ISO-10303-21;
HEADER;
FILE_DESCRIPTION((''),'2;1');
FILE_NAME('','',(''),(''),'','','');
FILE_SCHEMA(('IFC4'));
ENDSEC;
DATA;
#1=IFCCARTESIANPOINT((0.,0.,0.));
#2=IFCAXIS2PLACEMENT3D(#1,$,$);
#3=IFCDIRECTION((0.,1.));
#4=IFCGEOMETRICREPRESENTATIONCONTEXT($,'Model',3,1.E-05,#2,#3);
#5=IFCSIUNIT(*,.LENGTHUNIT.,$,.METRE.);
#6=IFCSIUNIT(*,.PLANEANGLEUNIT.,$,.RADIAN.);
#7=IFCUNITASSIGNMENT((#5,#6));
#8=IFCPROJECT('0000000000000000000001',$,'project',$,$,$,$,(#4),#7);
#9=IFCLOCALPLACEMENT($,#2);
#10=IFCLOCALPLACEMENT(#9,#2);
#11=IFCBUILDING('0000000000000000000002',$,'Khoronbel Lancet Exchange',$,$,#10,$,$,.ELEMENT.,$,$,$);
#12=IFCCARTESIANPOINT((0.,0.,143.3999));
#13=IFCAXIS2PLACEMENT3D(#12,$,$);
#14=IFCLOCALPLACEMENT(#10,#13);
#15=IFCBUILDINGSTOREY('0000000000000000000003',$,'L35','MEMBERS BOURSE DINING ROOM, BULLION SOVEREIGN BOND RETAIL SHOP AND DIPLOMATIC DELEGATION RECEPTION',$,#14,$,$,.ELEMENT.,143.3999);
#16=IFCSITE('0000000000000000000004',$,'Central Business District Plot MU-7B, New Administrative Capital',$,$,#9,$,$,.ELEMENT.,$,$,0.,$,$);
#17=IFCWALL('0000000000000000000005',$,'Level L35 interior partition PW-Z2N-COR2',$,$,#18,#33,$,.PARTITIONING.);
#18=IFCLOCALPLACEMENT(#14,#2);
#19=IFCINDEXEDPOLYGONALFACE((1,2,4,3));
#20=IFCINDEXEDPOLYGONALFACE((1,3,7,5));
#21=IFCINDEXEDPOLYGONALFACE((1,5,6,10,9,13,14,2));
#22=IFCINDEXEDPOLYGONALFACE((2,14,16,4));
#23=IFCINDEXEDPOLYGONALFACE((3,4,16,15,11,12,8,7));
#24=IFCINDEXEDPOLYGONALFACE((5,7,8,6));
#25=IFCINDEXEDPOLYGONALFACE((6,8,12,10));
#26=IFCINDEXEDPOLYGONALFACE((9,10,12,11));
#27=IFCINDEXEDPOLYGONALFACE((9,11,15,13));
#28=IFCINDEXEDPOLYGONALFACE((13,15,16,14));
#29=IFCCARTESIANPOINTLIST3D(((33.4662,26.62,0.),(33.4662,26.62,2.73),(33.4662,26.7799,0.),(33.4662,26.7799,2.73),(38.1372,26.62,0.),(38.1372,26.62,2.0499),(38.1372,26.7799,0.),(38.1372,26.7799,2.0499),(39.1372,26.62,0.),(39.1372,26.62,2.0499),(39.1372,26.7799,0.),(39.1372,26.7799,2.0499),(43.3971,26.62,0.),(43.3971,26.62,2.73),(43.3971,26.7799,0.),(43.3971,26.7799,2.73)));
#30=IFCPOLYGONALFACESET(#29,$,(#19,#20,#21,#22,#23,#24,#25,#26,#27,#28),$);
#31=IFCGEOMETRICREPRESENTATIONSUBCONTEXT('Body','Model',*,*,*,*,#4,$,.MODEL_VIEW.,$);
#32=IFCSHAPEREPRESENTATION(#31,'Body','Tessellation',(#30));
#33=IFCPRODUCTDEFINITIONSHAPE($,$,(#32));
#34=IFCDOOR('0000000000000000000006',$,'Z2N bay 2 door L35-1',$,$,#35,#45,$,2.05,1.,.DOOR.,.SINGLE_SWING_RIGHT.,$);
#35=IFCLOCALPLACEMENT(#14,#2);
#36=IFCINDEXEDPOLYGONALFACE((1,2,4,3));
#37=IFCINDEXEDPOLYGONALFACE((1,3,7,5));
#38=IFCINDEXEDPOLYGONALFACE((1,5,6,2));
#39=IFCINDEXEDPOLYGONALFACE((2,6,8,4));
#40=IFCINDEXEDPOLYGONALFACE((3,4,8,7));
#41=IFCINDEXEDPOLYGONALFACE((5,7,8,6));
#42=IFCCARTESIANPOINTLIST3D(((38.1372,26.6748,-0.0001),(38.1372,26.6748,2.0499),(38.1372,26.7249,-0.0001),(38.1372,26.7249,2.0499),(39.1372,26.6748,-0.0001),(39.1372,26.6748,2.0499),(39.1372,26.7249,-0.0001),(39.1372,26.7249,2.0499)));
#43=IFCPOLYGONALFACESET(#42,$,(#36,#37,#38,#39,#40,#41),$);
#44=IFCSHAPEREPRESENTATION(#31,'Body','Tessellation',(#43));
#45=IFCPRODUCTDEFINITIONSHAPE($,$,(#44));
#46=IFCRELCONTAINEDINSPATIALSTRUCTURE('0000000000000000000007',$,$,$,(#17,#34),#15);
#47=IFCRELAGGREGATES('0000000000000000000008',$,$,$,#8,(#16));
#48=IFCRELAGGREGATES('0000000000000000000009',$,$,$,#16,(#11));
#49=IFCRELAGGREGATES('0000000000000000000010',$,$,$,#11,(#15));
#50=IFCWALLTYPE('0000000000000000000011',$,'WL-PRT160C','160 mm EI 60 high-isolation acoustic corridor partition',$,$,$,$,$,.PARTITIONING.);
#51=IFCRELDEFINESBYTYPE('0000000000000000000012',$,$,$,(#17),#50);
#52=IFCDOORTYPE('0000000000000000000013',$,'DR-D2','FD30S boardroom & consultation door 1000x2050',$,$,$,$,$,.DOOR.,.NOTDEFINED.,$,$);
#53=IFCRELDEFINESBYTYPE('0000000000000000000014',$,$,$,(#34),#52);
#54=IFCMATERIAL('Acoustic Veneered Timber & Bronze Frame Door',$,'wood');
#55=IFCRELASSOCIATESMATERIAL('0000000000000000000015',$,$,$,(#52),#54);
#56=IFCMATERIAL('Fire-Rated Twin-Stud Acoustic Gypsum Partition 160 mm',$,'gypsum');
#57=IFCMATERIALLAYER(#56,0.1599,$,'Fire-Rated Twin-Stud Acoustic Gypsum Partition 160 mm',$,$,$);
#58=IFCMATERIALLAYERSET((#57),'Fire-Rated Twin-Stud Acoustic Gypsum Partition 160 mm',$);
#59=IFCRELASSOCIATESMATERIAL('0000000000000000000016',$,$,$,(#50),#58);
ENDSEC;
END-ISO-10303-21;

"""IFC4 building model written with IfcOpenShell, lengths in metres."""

from ifc_helpers import new_model, si_unit, direction, frame, frame_2d, origin, place, context, subcontext, project, spatial, rectangle, extrude, material, layer, layer_set, type_object, element, fill, save


model = new_model("IFC4")

# Units and contexts
model_context = context("Model", 3, precision=1e-05, world=origin(), true_north=direction((0.0, 1.0)))
body_context = subcontext(model_context, "Body", "Model", "MODEL_VIEW")
ifc_project = project(units=[si_unit("LENGTHUNIT", "METRE"), si_unit("PLANEANGLEUNIT", "RADIAN")], contexts=[model_context])

# Site, building, storey
site_placement = place(None, origin())
site = spatial("IfcSite", under=ifc_project, at=site_placement, Name="Central Business District Plot MU-7B, New Administrative Capital", CompositionType="ELEMENT", RefElevation=0.0)
building_placement = place(site_placement, origin())
building = spatial("IfcBuilding", under=site, at=building_placement, Name="Khoronbel Lancet Exchange", CompositionType="ELEMENT")
storey_placement = place(building_placement, frame((0.0, 0.0, 143.3999)))
storey = spatial("IfcBuildingStorey", under=building, at=storey_placement, Name="L35", Description="MEMBERS BOURSE DINING ROOM, BULLION SOVEREIGN BOND RETAIL SHOP AND DIPLOMATIC DELEGATION RECEPTION", CompositionType="ELEMENT", Elevation=143.3999)

# Shared definitions
ifc_material_1 = material(Name="Acoustic Veneered Timber & Bronze Frame Door", Category="wood")
door_type_1 = type_object("IfcDoorType", Name="DR-D2", Description="FD30S boardroom & consultation door 1000x2050", OperationType="NOTDEFINED", PredefinedType="DOOR", material=ifc_material_1)

# Wall, opening, door
ifc_material_2 = material(Name="Fire-Rated Twin-Stud Acoustic Gypsum Partition 160 mm", Category="gypsum")
ifc_layer_1 = layer(ifc_material_2, 0.1599, Name="Fire-Rated Twin-Stud Acoustic Gypsum Partition 160 mm")
ifc_layer_set_1 = layer_set([ifc_layer_1], Name="Fire-Rated Twin-Stud Acoustic Gypsum Partition 160 mm")
wall_type_1 = type_object("IfcWallType", Name="WL-PRT160C", Description="160 mm EI 60 high-isolation acoustic corridor partition", PredefinedType="PARTITIONING", material=ifc_layer_set_1)
wall_1_placement = place(storey_placement, frame((33.4663, 26.7, 0.0), z_axis=(0.0, 0.0, 1.0), x_axis=(1.0, 0.0, 0.0)))
wall_1 = element("IfcWall", 1, at=wall_1_placement, inside=storey, type_object=wall_type_1, Name="Level L35 interior partition PW-Z2N-COR2", PredefinedType="PARTITIONING", context=body_context, shape_type="SweptSolid", body=[
    extrude(rectangle(XDim=9.9309, YDim=0.1599, at=frame_2d((4.9653, 0.0))), origin(), (0.0, 0.0, 1.0), 2.73),
])
opening_1_placement = place(wall_1_placement, frame((4.6709, 0.0, 0.0)))
opening_1 = element("IfcOpeningElement", 2, at=opening_1_placement, cuts=wall_1, PredefinedType="OPENING", context=body_context, shape_type="SweptSolid", body=[
    extrude(rectangle(XDim=1.0, YDim=2.05, at=frame_2d((0.5, 1.0249))), frame((0.0, 0.0898, 0.0), z_axis=(0.0, -1.0, 0.0), x_axis=(1.0, 0.0, 0.0)), (0.0, 0.0, 1.0), 0.1799),
])
door_1_placement = place(opening_1_placement, origin())
door_1 = element("IfcDoor", 3, at=door_1_placement, inside=storey, type_object=door_type_1, Name="Z2N bay 2 door L35-1", OperationType="SINGLE_SWING_RIGHT", OverallHeight=2.05, OverallWidth=1.0, PredefinedType="DOOR", context=body_context, shape_type="SweptSolid", body=[
    extrude(rectangle(XDim=1.0, YDim=2.05, at=frame_2d((0.5, 1.0249))), frame((0.0, 0.0249, 0.0), z_axis=(0.0, -1.0, 0.0), x_axis=(1.0, 0.0, 0.0)), (0.0, 0.0, 1.0), 0.05),
])
fill(opening_1, door_1)

save(model, "model.ifc")
